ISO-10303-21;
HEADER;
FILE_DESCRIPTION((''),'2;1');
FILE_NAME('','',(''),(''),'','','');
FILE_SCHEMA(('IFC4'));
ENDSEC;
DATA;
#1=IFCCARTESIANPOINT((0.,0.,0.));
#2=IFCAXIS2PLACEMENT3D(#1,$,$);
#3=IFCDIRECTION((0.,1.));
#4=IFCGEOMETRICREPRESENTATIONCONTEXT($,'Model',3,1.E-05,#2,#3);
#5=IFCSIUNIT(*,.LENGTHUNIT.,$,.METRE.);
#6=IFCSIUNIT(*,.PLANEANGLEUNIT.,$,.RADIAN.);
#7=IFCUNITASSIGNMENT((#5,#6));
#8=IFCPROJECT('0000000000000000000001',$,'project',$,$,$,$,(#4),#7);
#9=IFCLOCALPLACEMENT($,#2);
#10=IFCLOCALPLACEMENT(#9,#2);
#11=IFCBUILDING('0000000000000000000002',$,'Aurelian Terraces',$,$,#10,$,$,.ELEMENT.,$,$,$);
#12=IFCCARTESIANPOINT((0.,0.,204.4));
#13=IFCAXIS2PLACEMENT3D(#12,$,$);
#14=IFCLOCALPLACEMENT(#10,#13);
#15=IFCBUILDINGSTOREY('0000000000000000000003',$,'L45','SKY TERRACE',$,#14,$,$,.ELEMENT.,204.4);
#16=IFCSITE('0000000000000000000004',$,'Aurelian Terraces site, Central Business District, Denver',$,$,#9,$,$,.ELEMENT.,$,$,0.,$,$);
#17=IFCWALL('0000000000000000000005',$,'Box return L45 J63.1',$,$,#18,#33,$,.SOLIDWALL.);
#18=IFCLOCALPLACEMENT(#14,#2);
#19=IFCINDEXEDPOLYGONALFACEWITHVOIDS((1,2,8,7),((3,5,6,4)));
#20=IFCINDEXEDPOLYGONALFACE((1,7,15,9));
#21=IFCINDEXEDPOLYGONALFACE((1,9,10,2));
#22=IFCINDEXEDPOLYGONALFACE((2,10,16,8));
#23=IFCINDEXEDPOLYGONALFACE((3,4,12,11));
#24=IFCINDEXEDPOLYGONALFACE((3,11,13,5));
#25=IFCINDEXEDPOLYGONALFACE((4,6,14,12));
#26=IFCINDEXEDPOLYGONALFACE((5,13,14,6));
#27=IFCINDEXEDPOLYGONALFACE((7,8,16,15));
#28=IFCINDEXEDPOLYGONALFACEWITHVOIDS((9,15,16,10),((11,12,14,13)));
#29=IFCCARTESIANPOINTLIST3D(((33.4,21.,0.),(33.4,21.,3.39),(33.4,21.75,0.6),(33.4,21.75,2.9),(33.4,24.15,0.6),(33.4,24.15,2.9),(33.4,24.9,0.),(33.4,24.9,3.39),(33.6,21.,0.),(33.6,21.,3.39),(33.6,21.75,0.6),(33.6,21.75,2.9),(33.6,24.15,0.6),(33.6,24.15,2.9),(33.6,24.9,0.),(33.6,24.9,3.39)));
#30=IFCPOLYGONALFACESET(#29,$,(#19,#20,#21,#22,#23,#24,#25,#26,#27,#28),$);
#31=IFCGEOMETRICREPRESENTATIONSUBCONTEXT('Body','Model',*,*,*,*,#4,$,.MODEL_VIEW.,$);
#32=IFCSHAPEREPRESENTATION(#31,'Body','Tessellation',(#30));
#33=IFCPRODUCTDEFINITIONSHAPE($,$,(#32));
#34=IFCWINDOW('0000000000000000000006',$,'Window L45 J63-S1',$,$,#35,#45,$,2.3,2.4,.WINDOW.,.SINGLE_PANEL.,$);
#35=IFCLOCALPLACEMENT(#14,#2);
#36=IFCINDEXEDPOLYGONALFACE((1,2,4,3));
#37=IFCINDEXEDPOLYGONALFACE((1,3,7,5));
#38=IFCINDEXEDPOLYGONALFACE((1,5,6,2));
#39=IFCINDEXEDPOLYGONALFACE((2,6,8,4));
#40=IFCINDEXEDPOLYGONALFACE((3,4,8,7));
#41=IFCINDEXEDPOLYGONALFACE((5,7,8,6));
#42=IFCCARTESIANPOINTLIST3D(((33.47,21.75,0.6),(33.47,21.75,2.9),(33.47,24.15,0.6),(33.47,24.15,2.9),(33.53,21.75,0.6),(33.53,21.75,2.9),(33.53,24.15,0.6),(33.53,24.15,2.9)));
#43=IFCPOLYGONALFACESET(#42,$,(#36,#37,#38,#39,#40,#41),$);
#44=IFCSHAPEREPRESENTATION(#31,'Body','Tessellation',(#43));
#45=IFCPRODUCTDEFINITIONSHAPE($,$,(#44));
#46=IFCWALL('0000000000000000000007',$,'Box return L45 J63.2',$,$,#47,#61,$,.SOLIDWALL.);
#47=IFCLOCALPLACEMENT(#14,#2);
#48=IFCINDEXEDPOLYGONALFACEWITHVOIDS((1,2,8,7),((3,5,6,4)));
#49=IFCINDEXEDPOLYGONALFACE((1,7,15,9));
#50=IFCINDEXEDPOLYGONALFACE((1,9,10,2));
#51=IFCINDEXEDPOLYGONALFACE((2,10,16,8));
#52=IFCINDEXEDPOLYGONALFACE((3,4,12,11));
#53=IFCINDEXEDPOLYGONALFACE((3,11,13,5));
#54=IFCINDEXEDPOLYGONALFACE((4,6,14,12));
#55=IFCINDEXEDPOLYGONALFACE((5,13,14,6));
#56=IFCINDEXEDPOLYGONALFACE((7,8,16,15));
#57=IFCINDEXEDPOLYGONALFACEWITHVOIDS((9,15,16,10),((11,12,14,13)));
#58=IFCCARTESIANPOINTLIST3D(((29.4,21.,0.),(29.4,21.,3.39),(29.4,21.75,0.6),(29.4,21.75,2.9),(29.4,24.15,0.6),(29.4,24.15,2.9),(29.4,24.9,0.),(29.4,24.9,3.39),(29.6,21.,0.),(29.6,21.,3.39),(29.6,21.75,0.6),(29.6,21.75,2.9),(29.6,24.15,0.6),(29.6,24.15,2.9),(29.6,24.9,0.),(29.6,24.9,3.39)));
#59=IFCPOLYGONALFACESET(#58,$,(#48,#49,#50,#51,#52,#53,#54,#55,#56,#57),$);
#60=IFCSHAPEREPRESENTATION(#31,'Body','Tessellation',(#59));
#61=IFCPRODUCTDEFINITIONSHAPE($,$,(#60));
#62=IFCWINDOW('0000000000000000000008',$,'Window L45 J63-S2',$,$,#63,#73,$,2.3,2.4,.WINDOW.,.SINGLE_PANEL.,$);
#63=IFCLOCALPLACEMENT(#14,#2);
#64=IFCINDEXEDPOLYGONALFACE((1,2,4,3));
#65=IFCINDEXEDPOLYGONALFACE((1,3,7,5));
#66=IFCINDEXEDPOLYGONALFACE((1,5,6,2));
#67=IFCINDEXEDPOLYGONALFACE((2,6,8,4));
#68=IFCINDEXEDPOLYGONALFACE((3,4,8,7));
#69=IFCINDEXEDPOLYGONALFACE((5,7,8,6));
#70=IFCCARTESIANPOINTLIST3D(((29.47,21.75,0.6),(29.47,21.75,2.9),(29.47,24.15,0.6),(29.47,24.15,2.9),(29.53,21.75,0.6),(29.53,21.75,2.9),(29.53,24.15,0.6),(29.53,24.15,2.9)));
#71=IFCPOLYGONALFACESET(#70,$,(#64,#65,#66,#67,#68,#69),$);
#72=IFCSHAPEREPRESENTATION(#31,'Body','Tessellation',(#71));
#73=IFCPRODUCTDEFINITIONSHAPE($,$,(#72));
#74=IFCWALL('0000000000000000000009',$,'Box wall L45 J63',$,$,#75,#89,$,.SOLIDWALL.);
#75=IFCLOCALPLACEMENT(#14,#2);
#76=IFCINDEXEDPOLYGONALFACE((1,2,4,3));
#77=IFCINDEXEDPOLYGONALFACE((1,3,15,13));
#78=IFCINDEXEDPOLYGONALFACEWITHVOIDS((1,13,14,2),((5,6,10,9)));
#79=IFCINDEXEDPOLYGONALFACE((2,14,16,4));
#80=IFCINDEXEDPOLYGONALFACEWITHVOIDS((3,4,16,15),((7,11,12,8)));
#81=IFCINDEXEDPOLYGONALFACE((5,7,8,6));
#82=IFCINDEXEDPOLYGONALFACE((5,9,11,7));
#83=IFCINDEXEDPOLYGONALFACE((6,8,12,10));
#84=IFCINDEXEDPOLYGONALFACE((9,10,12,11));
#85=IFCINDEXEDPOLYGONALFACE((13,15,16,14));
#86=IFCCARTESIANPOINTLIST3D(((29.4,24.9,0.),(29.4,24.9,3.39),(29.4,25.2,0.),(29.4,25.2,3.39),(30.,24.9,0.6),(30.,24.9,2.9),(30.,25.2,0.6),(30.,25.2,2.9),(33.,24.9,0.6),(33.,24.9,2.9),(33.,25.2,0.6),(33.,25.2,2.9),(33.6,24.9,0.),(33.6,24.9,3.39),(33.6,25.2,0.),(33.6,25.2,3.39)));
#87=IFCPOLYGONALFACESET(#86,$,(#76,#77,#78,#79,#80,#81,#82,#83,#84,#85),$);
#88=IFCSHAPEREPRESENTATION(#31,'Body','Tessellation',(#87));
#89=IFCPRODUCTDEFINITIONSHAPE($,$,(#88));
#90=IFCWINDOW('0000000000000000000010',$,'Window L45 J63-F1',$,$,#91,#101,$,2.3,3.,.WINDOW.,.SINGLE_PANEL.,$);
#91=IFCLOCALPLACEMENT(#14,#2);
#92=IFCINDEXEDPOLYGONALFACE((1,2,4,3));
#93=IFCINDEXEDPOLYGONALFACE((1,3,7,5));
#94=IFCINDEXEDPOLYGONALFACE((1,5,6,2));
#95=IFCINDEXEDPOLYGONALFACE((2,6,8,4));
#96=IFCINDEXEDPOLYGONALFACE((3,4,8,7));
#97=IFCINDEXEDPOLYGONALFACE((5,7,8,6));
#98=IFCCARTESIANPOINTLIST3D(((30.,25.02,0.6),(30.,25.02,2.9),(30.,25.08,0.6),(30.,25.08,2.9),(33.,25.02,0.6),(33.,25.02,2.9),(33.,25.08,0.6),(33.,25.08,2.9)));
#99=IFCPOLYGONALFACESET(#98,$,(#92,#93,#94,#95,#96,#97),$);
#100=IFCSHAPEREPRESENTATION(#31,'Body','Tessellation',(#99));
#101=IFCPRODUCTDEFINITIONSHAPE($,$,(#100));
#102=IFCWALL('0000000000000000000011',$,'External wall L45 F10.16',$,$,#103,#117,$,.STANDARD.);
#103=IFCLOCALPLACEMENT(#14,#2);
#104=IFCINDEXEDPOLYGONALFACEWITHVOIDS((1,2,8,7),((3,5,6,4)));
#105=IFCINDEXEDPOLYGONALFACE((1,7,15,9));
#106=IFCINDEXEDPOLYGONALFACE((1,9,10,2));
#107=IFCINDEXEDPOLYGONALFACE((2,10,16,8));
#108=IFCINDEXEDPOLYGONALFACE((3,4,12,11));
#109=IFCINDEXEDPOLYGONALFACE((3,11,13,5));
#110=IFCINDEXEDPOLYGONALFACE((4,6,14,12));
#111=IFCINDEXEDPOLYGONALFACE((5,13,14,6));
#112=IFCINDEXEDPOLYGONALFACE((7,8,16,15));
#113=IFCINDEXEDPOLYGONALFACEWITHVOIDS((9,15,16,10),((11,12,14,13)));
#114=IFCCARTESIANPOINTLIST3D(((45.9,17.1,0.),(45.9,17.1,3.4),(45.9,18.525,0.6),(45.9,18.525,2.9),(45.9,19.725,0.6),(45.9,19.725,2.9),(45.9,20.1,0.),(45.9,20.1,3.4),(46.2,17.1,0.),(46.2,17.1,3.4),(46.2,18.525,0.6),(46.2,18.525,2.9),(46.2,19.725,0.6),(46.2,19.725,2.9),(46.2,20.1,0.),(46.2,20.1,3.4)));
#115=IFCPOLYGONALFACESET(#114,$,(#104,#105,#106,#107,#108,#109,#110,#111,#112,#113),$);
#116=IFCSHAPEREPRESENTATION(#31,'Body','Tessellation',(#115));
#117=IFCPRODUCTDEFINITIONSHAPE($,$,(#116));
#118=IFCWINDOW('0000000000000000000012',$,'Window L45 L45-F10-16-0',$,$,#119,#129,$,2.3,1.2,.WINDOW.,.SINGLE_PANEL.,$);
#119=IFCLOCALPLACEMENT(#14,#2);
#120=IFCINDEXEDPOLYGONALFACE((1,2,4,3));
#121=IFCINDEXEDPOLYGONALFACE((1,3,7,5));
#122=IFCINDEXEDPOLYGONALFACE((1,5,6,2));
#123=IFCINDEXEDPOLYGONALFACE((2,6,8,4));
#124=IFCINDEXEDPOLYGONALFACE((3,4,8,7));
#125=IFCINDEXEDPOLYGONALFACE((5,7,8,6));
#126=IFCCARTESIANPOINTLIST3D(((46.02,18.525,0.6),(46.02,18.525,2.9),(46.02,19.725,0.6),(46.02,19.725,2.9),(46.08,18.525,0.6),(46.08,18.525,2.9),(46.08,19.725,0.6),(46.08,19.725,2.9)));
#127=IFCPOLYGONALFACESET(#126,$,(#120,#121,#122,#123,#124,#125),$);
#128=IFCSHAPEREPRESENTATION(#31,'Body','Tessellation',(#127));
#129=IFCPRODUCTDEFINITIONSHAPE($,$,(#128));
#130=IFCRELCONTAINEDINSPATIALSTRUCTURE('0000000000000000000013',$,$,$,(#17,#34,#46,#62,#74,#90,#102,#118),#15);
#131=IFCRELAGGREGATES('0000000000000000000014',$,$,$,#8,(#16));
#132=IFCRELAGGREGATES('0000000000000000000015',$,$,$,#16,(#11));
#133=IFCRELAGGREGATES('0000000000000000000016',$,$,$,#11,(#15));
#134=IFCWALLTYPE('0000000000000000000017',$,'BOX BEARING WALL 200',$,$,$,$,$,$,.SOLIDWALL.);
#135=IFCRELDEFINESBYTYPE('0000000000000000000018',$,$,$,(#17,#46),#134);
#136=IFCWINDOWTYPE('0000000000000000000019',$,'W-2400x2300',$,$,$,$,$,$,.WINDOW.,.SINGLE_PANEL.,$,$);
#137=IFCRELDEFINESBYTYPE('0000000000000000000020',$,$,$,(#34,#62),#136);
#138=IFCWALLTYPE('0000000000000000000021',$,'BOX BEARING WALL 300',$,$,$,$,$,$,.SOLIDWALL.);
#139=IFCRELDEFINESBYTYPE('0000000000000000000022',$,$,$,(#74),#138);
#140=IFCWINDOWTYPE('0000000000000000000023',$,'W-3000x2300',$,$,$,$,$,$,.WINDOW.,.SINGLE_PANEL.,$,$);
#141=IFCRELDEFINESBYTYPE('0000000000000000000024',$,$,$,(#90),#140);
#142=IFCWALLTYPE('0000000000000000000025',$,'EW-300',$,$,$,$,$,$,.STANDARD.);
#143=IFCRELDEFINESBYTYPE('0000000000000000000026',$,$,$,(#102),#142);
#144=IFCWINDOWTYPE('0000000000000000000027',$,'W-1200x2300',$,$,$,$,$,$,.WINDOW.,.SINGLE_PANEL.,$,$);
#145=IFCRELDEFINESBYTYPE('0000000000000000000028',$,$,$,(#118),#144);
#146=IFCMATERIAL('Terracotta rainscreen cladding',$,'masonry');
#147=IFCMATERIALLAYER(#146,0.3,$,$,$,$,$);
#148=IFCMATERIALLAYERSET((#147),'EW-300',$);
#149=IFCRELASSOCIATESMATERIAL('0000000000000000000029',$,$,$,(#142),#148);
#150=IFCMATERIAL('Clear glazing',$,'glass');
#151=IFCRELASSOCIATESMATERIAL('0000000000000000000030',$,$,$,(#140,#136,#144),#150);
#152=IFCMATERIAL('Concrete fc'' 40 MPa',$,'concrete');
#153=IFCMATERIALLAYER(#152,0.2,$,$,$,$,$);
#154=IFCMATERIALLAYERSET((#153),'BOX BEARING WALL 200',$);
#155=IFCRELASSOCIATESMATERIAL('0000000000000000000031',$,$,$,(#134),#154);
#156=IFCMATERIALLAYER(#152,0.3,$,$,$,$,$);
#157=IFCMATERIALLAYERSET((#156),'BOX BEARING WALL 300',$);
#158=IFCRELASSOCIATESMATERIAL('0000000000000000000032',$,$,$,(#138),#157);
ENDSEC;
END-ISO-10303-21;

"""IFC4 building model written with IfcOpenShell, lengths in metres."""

from ifc_helpers import new_model, si_unit, direction, frame, frame_2d, origin, place, context, subcontext, project, spatial, rectangle, extrude, source, transform, mapped, material, layer, layer_set, type_object, element, fill, save


model = new_model("IFC4")

# Units and contexts
model_context = context("Model", 3, precision=1e-05, world=origin(), true_north=direction((0.0, 1.0)))
body_context = subcontext(model_context, "Body", "Model", "MODEL_VIEW")
ifc_project = project(units=[si_unit("LENGTHUNIT", "METRE"), si_unit("PLANEANGLEUNIT", "RADIAN")], contexts=[model_context])

# Site, building, storey
site_placement = place(None, origin())
site = spatial("IfcSite", under=ifc_project, at=site_placement, Name="Aurelian Terraces site, Central Business District, Denver", CompositionType="ELEMENT", RefElevation=0.0)
building_placement = place(site_placement, origin())
building = spatial("IfcBuilding", under=site, at=building_placement, Name="Aurelian Terraces", CompositionType="ELEMENT")
storey_placement = place(building_placement, frame((0.0, 0.0, 204.4)))
storey = spatial("IfcBuildingStorey", under=building, at=storey_placement, Name="L45", Description="SKY TERRACE", CompositionType="ELEMENT", Elevation=204.4)

# Shared definitions
ifc_material_1 = material(Name="Terracotta rainscreen cladding", Category="masonry")
ifc_layer_1 = layer(ifc_material_1, 0.3)
ifc_layer_set_1 = layer_set([ifc_layer_1], Name="EW-300")
wall_type_1 = type_object("IfcWallType", Name="EW-300", PredefinedType="STANDARD", material=ifc_layer_set_1)
ifc_material_2 = material(Name="Clear glazing", Category="glass")

# Shared definitions
shared_shape_1 = source(origin(), body_context, "Body", "SweptSolid", [
    extrude(rectangle(XDim=3.0, YDim=2.3, at=frame_2d((1.5, 1.15))), frame((0.0, 0.16, 0.0), z_axis=(0.0, -1.0, 0.0), x_axis=(1.0, 0.0, 0.0)), (0.0, 0.0, 1.0), 0.32),
])
window_type_1 = type_object("IfcWindowType", Name="W-3000x2300", PartitioningType="SINGLE_PANEL", PredefinedType="WINDOW", material=ifc_material_2)
shared_shape_2 = source(origin(), body_context, "Body", "SweptSolid", [
    extrude(rectangle(XDim=3.0, YDim=2.3, at=frame_2d((1.5, 1.15))), frame((0.0, 0.03, 0.0), z_axis=(0.0, -1.0, 0.0), x_axis=(1.0, 0.0, 0.0)), (0.0, 0.0, 1.0), 0.06),
])

# Walls, openings, windows
ifc_material_3 = material(Name="Concrete fc' 40 MPa", Category="concrete")
ifc_layer_2 = layer(ifc_material_3, 0.2)
ifc_layer_set_2 = layer_set([ifc_layer_2], Name="BOX BEARING WALL 200")
wall_type_2 = type_object("IfcWallType", Name="BOX BEARING WALL 200", PredefinedType="SOLIDWALL", material=ifc_layer_set_2)
shared_shape_3 = source(origin(), body_context, "Body", "SweptSolid", [
    extrude(rectangle(XDim=3.9, YDim=0.2, at=frame_2d((1.95, 0.0))), origin(), (0.0, 0.0, 1.0), 3.39),
])
wall_1_placement = place(storey_placement, frame((33.5, 21.0, 0.0), z_axis=(0.0, 0.0, 1.0), x_axis=(0.0, 1.0, 0.0)))
wall_1 = element("IfcWall", 1, at=wall_1_placement, inside=storey, type_object=wall_type_2, Name="Box return L45 J63.1", PredefinedType="SOLIDWALL", context=body_context, shape_type="MappedRepresentation", body=[
    mapped(shared_shape_3, transform((0.0, 0.0, 0.0), scale=1.0)),
])
shared_shape_4 = source(origin(), body_context, "Body", "SweptSolid", [
    extrude(rectangle(XDim=2.4, YDim=2.3, at=frame_2d((1.2, 1.15))), frame((0.0, 0.11, 0.0), z_axis=(0.0, -1.0, 0.0), x_axis=(1.0, 0.0, 0.0)), (0.0, 0.0, 1.0), 0.22),
])
opening_1_placement = place(wall_1_placement, frame((0.75, 0.0, 0.6)))
opening_1 = element("IfcOpeningElement", 2, at=opening_1_placement, cuts=wall_1, PredefinedType="OPENING", context=body_context, shape_type="MappedRepresentation", body=[
    mapped(shared_shape_4, transform((0.0, 0.0, 0.0), scale=1.0)),
])
window_type_2 = type_object("IfcWindowType", Name="W-2400x2300", PartitioningType="SINGLE_PANEL", PredefinedType="WINDOW", material=ifc_material_2)
shared_shape_5 = source(origin(), body_context, "Body", "SweptSolid", [
    extrude(rectangle(XDim=2.4, YDim=2.3, at=frame_2d((1.2, 1.15))), frame((0.0, 0.03, 0.0), z_axis=(0.0, -1.0, 0.0), x_axis=(1.0, 0.0, 0.0)), (0.0, 0.0, 1.0), 0.06),
])
window_1_placement = place(opening_1_placement, origin())
window_1 = element("IfcWindow", 3, at=window_1_placement, inside=storey, type_object=window_type_2, Name="Window L45 J63-S1", OverallHeight=2.3, OverallWidth=2.4, PartitioningType="SINGLE_PANEL", PredefinedType="WINDOW", context=body_context, shape_type="MappedRepresentation", body=[
    mapped(shared_shape_5, transform((0.0, 0.0, 0.0), scale=1.0)),
])
fill(opening_1, window_1)
wall_2_placement = place(storey_placement, frame((29.5, 21.0, 0.0), z_axis=(0.0, 0.0, 1.0), x_axis=(0.0, 1.0, 0.0)))
wall_2 = element("IfcWall", 4, at=wall_2_placement, inside=storey, type_object=wall_type_2, Name="Box return L45 J63.2", PredefinedType="SOLIDWALL", context=body_context, shape_type="MappedRepresentation", body=[
    mapped(shared_shape_3, transform((0.0, 0.0, 0.0), scale=1.0)),
])
opening_2_placement = place(wall_2_placement, frame((0.75, 0.0, 0.6)))
opening_2 = element("IfcOpeningElement", 5, at=opening_2_placement, cuts=wall_2, PredefinedType="OPENING", context=body_context, shape_type="MappedRepresentation", body=[
    mapped(shared_shape_4, transform((0.0, 0.0, 0.0), scale=1.0)),
])
window_2_placement = place(opening_2_placement, origin())
window_2 = element("IfcWindow", 6, at=window_2_placement, inside=storey, type_object=window_type_2, Name="Window L45 J63-S2", OverallHeight=2.3, OverallWidth=2.4, PartitioningType="SINGLE_PANEL", PredefinedType="WINDOW", context=body_context, shape_type="MappedRepresentation", body=[
    mapped(shared_shape_5, transform((0.0, 0.0, 0.0), scale=1.0)),
])
fill(opening_2, window_2)
ifc_layer_3 = layer(ifc_material_3, 0.3)
ifc_layer_set_3 = layer_set([ifc_layer_3], Name="BOX BEARING WALL 300")
wall_type_3 = type_object("IfcWallType", Name="BOX BEARING WALL 300", PredefinedType="SOLIDWALL", material=ifc_layer_set_3)
shared_shape_6 = source(origin(), body_context, "Body", "SweptSolid", [
    extrude(rectangle(XDim=4.2, YDim=0.3, at=frame_2d((2.1, 0.0))), origin(), (0.0, 0.0, 1.0), 3.39),
])
wall_3_placement = place(storey_placement, frame((33.6, 25.05, 0.0), z_axis=(0.0, 0.0, 1.0), x_axis=(-1.0, 0.0, 0.0)))
wall_3 = element("IfcWall", 7, at=wall_3_placement, inside=storey, type_object=wall_type_3, Name="Box wall L45 J63", PredefinedType="SOLIDWALL", context=body_context, shape_type="MappedRepresentation", body=[
    mapped(shared_shape_6, transform((0.0, 0.0, 0.0), scale=1.0)),
])
opening_3_placement = place(wall_3_placement, frame((0.6, 0.0, 0.6)))
opening_3 = element("IfcOpeningElement", 8, at=opening_3_placement, cuts=wall_3, PredefinedType="OPENING", context=body_context, shape_type="MappedRepresentation", body=[
    mapped(shared_shape_1, transform((0.0, 0.0, 0.0), scale=1.0)),
])
window_3_placement = place(opening_3_placement, origin())
window_3 = element("IfcWindow", 9, at=window_3_placement, inside=storey, type_object=window_type_1, Name="Window L45 J63-F1", OverallHeight=2.3, OverallWidth=3.0, PartitioningType="SINGLE_PANEL", PredefinedType="WINDOW", context=body_context, shape_type="MappedRepresentation", body=[
    mapped(shared_shape_2, transform((0.0, 0.0, 0.0), scale=1.0)),
])
fill(opening_3, window_3)
shared_shape_7 = source(origin(), body_context, "Body", "SweptSolid", [
    extrude(rectangle(XDim=3.0, YDim=0.3, at=frame_2d((1.5, 0.0))), origin(), (0.0, 0.0, 1.0), 3.4),
])
wall_4_placement = place(storey_placement, frame((46.05, 17.1, 0.0), z_axis=(0.0, 0.0, 1.0), x_axis=(0.0, 1.0, 0.0)))
wall_4 = element("IfcWall", 10, at=wall_4_placement, inside=storey, type_object=wall_type_1, Name="External wall L45 F10.16", PredefinedType="STANDARD", context=body_context, shape_type="MappedRepresentation", body=[
    mapped(shared_shape_7, transform((0.0, 0.0, 0.0), scale=1.0)),
])
shared_shape_8 = source(origin(), body_context, "Body", "SweptSolid", [
    extrude(rectangle(XDim=1.2, YDim=2.3, at=frame_2d((0.6, 1.15))), frame((0.0, 0.16, 0.0), z_axis=(0.0, -1.0, 0.0), x_axis=(1.0, 0.0, 0.0)), (0.0, 0.0, 1.0), 0.32),
])
opening_4_placement = place(wall_4_placement, frame((1.425, 0.0, 0.6)))
opening_4 = element("IfcOpeningElement", 11, at=opening_4_placement, cuts=wall_4, PredefinedType="OPENING", context=body_context, shape_type="MappedRepresentation", body=[
    mapped(shared_shape_8, transform((0.0, 0.0, 0.0), scale=1.0)),
])
window_type_3 = type_object("IfcWindowType", Name="W-1200x2300", PartitioningType="SINGLE_PANEL", PredefinedType="WINDOW", material=ifc_material_2)
shared_shape_9 = source(origin(), body_context, "Body", "SweptSolid", [
    extrude(rectangle(XDim=1.2, YDim=2.3, at=frame_2d((0.6, 1.15))), frame((0.0, 0.03, 0.0), z_axis=(0.0, -1.0, 0.0), x_axis=(1.0, 0.0, 0.0)), (0.0, 0.0, 1.0), 0.06),
])
window_4_placement = place(opening_4_placement, origin())
window_4 = element("IfcWindow", 12, at=window_4_placement, inside=storey, type_object=window_type_3, Name="Window L45 L45-F10-16-0", OverallHeight=2.3, OverallWidth=1.2, PartitioningType="SINGLE_PANEL", PredefinedType="WINDOW", context=body_context, shape_type="MappedRepresentation", body=[
    mapped(shared_shape_9, transform((0.0, 0.0, 0.0), scale=1.0)),
])
fill(opening_4, window_4)

save(model, "model.ifc")
